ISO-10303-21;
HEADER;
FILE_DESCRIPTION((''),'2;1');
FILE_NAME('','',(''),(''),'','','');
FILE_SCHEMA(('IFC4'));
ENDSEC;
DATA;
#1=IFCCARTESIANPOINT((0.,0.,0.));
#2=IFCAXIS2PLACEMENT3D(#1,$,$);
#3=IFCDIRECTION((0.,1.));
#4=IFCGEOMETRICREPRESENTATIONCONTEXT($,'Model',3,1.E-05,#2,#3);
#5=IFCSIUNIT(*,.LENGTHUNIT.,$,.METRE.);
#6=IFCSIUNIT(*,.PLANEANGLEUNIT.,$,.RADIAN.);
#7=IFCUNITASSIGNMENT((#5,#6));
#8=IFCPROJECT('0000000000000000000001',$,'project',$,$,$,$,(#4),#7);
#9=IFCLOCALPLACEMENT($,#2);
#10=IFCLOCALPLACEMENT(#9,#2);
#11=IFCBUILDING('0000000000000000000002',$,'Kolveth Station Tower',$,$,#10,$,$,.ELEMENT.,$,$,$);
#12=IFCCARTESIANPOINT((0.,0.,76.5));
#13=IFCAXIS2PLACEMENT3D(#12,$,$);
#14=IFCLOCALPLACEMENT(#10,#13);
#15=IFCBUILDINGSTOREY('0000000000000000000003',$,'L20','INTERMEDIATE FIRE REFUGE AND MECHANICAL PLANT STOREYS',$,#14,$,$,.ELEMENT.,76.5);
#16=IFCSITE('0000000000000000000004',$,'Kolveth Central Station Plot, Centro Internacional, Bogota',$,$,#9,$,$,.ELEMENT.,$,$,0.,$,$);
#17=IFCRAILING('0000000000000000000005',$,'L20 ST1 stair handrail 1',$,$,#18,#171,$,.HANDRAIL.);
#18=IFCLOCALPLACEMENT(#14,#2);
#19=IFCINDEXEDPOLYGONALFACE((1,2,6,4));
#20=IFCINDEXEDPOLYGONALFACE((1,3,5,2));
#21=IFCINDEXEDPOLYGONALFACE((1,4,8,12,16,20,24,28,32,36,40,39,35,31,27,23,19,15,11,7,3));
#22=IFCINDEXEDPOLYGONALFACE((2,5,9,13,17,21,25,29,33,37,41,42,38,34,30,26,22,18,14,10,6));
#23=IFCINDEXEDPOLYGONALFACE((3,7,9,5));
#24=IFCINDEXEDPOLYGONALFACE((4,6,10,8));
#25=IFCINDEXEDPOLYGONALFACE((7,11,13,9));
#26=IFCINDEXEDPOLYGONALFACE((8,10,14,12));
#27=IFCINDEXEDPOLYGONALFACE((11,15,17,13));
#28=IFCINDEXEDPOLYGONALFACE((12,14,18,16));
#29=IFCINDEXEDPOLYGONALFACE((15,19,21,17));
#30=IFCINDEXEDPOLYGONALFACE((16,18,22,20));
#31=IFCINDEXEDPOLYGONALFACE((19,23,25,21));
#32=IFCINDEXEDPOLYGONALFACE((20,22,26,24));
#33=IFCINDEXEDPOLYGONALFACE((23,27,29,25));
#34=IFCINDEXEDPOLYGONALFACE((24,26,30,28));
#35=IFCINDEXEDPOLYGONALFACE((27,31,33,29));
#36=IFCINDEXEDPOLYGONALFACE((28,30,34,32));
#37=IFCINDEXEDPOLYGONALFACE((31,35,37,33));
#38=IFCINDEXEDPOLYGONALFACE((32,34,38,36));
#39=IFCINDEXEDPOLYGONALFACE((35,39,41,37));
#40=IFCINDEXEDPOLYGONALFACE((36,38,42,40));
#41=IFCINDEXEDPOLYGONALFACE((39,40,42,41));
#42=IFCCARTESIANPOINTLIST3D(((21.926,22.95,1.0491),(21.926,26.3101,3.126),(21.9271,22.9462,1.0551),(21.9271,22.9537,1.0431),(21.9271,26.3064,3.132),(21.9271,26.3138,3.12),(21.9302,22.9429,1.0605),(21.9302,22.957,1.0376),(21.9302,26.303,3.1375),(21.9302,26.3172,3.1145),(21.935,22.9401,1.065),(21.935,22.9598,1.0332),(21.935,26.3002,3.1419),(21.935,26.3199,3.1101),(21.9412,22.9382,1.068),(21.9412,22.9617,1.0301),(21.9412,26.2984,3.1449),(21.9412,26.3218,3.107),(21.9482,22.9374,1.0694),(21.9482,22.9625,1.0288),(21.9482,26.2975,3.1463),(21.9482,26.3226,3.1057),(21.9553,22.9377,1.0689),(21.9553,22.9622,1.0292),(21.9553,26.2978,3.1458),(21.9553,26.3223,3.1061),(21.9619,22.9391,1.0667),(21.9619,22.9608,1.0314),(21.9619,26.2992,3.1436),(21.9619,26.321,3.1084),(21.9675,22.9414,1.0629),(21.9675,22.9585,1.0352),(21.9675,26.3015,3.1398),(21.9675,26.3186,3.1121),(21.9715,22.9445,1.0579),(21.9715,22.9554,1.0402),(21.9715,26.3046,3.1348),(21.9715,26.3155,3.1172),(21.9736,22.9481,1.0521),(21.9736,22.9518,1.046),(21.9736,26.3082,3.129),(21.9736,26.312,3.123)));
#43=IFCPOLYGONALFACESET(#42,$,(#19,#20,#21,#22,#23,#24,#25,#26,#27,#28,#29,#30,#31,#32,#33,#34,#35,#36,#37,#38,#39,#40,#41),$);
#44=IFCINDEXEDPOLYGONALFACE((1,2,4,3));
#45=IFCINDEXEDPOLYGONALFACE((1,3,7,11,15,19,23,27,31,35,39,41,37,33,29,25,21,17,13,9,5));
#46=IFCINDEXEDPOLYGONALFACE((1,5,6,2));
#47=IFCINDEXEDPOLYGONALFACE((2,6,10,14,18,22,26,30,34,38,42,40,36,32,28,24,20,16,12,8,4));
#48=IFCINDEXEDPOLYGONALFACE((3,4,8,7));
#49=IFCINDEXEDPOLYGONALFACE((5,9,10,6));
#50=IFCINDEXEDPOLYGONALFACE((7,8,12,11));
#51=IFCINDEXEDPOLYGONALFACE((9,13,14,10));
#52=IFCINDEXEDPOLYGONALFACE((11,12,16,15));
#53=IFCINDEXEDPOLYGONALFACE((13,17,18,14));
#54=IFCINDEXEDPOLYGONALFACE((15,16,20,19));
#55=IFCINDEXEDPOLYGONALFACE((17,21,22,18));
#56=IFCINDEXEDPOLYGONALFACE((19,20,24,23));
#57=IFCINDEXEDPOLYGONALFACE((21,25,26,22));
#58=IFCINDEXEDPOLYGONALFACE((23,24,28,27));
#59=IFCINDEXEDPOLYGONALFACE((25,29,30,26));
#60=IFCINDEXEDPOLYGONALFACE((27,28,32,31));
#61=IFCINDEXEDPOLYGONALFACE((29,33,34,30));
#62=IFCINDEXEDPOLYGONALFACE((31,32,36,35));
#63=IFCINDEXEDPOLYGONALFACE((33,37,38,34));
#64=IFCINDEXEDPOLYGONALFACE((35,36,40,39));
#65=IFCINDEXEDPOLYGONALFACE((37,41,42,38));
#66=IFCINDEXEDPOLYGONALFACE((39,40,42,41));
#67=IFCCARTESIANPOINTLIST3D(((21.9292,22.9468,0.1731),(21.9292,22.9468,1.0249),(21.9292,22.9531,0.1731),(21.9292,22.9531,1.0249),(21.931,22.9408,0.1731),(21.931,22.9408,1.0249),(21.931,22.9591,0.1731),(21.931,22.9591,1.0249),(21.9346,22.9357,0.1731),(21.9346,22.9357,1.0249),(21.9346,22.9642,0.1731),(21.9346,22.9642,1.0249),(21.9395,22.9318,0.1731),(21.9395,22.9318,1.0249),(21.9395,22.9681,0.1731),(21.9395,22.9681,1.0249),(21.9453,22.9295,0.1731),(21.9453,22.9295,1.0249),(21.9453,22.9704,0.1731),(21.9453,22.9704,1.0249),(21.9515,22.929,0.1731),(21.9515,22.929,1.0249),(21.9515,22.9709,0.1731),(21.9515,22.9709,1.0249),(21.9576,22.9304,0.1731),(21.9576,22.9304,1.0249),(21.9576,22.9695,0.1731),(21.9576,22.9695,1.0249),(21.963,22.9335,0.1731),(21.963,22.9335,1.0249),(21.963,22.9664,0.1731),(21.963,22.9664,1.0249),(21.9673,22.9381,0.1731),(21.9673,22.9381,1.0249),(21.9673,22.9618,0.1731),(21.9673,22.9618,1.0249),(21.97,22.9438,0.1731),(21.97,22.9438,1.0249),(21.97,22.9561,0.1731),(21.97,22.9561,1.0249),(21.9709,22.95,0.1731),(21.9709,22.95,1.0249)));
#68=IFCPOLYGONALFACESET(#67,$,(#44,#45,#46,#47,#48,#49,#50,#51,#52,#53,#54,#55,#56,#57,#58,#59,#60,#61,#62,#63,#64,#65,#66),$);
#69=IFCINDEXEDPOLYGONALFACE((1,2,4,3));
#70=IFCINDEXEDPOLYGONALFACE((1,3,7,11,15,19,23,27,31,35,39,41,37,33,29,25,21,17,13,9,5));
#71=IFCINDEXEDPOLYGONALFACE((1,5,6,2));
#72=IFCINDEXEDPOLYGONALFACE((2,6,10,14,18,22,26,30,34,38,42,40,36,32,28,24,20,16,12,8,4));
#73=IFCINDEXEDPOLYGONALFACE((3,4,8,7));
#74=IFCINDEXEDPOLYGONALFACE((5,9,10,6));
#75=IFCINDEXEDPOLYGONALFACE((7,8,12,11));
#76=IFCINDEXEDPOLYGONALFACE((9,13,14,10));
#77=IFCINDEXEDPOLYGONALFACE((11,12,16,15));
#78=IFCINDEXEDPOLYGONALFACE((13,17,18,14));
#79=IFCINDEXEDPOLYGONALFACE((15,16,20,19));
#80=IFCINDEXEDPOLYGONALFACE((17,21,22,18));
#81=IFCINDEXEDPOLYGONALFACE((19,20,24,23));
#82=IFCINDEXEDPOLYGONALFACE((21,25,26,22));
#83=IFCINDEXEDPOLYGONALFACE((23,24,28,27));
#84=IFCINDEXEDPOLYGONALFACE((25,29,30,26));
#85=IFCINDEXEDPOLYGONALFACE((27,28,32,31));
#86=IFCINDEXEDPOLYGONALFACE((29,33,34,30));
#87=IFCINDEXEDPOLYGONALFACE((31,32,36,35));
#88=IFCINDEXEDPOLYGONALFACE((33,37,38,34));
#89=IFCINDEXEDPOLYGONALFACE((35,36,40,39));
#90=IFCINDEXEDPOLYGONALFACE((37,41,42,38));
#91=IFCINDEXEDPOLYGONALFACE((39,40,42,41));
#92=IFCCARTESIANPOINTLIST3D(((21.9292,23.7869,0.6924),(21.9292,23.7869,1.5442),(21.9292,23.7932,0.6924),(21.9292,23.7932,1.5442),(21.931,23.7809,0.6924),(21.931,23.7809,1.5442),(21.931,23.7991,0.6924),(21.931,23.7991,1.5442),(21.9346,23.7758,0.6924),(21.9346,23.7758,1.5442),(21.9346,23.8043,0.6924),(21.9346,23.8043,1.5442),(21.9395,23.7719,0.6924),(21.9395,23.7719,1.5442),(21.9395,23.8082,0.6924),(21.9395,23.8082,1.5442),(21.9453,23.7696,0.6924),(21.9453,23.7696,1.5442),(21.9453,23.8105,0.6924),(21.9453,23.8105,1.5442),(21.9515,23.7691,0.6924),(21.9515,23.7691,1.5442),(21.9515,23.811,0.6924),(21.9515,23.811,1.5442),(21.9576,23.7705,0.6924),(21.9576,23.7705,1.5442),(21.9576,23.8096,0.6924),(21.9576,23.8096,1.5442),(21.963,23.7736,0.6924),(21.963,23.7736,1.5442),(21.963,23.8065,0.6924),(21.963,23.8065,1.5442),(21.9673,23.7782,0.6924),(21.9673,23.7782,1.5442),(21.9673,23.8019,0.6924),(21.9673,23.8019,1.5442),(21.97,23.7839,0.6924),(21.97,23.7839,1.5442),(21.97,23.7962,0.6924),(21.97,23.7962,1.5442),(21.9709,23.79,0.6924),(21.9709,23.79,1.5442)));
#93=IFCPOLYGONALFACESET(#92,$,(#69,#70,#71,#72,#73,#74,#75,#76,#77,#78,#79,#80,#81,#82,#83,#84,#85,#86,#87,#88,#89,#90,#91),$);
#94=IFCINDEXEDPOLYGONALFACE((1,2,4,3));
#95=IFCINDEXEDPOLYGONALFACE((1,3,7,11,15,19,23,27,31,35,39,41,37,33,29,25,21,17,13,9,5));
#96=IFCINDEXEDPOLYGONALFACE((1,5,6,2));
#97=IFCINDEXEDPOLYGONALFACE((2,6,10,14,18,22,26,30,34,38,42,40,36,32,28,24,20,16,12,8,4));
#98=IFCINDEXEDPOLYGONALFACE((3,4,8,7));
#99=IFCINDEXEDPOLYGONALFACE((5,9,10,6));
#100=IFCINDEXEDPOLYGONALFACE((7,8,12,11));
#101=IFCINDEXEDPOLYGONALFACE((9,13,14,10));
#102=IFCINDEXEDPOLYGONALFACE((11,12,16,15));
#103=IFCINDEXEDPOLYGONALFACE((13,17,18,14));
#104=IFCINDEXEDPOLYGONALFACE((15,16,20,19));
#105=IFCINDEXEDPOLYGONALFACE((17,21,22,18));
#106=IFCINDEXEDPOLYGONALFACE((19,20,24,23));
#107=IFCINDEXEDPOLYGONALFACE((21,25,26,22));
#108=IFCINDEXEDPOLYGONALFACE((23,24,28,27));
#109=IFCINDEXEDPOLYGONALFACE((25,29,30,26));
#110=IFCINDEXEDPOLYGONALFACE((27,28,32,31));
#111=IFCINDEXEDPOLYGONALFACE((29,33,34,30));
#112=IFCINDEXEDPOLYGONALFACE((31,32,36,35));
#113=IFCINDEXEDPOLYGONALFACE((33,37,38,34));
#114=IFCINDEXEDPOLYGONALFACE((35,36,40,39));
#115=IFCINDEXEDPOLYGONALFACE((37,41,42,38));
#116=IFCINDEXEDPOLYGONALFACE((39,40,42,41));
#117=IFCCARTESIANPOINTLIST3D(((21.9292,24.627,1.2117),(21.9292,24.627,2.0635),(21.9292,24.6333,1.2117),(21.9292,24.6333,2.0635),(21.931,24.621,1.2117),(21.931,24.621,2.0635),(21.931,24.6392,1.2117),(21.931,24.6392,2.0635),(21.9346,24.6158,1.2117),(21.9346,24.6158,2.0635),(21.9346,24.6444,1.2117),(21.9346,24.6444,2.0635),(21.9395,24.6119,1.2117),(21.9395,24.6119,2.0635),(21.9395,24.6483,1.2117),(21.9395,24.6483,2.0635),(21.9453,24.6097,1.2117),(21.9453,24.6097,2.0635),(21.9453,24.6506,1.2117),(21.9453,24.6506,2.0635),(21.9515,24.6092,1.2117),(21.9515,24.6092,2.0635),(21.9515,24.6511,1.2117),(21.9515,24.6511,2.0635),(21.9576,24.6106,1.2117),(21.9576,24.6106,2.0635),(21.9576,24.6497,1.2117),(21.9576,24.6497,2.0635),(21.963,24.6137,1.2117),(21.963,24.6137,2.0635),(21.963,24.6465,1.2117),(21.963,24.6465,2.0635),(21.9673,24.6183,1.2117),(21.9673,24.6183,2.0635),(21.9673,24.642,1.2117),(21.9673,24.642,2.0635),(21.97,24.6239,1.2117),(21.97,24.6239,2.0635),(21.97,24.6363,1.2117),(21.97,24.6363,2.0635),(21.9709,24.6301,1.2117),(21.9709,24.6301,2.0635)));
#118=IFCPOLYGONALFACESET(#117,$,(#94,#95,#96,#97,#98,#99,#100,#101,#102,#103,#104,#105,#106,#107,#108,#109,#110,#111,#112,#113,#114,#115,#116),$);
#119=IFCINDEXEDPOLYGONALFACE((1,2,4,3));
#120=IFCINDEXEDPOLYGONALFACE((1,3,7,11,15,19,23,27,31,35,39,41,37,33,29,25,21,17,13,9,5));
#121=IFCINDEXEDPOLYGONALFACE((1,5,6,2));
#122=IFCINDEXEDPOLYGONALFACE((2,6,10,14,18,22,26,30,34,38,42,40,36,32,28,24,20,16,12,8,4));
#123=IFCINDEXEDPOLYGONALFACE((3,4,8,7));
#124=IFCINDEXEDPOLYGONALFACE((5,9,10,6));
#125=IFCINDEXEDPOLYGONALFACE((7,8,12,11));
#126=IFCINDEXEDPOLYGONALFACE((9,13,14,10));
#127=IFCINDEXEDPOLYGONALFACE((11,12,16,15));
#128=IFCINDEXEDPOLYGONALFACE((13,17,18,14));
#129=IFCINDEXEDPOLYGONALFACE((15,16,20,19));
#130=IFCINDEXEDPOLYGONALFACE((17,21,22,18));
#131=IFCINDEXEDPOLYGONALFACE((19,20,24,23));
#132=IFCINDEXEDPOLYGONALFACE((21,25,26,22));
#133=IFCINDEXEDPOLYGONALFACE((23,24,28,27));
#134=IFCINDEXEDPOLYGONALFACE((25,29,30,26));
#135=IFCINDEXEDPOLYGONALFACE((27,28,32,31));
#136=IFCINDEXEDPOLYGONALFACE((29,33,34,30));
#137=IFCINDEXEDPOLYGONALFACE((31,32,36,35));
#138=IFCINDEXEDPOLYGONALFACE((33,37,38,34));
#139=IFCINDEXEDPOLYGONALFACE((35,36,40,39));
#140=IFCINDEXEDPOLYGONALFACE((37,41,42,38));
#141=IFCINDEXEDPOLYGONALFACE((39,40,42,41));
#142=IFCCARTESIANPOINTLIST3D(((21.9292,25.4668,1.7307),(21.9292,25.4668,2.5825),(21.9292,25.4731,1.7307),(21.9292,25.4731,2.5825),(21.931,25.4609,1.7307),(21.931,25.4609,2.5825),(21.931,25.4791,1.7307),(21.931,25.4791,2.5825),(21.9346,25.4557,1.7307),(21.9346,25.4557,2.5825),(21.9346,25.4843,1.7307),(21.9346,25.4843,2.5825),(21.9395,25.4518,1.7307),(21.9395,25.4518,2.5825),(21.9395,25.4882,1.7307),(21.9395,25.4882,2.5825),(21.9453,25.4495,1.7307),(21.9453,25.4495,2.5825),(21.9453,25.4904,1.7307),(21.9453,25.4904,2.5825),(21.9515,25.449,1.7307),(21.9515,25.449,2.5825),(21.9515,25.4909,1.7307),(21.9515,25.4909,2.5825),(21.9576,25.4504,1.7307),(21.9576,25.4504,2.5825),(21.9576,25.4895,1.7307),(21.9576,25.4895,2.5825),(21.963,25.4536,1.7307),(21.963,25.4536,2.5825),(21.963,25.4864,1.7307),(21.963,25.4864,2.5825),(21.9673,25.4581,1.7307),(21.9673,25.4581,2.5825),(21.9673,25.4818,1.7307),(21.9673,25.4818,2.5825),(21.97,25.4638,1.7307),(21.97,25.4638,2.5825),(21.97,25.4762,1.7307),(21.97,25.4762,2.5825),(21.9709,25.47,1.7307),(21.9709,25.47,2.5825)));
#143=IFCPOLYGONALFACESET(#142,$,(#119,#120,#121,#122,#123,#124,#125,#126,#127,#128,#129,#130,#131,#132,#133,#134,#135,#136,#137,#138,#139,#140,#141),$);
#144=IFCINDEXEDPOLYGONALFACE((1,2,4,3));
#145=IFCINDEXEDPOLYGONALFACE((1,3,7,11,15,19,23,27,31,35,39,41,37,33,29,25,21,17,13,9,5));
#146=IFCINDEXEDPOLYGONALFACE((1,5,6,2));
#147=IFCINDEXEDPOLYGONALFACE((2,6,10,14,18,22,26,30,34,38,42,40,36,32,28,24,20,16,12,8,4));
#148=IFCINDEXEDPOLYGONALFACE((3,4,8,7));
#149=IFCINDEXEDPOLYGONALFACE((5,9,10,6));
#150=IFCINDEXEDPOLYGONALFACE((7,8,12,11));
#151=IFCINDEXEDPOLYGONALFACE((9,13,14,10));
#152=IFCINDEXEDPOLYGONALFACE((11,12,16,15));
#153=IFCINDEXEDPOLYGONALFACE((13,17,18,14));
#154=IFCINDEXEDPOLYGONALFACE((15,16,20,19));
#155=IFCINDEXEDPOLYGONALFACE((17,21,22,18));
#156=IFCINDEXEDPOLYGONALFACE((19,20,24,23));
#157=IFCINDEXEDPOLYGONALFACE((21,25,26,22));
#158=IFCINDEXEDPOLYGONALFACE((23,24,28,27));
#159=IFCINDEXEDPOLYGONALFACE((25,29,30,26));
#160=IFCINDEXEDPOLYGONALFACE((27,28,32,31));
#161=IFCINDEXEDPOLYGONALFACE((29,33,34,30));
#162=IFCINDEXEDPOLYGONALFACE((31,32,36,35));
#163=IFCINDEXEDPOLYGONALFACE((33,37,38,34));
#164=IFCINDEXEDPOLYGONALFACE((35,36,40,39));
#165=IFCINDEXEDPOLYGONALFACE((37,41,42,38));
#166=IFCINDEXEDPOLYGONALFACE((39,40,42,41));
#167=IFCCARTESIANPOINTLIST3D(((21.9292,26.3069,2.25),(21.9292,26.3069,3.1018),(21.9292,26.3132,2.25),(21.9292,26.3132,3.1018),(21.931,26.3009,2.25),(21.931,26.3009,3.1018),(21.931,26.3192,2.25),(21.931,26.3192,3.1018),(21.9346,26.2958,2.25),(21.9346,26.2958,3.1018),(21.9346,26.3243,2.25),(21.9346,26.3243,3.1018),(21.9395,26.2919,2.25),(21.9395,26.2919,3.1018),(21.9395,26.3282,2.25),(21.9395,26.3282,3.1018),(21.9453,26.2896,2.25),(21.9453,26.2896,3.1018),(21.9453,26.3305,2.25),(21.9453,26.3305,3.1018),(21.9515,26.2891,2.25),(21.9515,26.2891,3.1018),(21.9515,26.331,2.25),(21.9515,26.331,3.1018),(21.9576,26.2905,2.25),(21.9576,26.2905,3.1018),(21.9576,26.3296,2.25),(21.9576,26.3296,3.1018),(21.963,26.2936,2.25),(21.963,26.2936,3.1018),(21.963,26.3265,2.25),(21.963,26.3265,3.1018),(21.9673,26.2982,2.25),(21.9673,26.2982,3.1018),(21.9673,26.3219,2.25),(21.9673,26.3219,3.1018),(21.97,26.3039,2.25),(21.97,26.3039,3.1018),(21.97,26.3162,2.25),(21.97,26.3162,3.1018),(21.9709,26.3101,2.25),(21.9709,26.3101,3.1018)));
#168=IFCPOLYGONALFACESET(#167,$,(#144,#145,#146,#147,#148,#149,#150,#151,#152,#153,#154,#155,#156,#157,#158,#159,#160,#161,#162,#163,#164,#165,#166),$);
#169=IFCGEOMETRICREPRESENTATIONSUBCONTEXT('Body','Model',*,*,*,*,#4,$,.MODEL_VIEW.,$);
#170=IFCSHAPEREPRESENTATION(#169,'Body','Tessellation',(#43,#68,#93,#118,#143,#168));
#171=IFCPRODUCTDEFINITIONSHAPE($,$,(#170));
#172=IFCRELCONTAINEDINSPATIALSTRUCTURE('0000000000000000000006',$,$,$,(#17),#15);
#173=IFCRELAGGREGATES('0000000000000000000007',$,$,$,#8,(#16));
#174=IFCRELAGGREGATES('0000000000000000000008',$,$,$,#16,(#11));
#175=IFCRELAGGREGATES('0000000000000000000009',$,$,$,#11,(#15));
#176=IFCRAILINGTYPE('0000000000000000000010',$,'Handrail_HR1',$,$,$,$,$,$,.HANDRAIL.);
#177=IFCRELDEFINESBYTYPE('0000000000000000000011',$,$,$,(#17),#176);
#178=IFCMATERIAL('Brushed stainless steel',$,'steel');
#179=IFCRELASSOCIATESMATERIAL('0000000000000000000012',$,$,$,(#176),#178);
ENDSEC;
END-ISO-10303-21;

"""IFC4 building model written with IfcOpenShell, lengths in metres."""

from ifc_helpers import new_model, si_unit, direction, frame, origin, origin_2d, place, context, subcontext, project, spatial, circle, extrude, material, type_object, element, save


model = new_model("IFC4")

# Units and contexts
model_context = context("Model", 3, precision=1e-05, world=origin(), true_north=direction((0.0, 1.0)))
body_context = subcontext(model_context, "Body", "Model", "MODEL_VIEW")
ifc_project = project(units=[si_unit("LENGTHUNIT", "METRE"), si_unit("PLANEANGLEUNIT", "RADIAN")], contexts=[model_context])

# Site, building, storey
site_placement = place(None, origin())
site = spatial("IfcSite", under=ifc_project, at=site_placement, Name="Kolveth Central Station Plot, Centro Internacional, Bogota", CompositionType="ELEMENT", RefElevation=0.0)
building_placement = place(site_placement, origin())
building = spatial("IfcBuilding", under=site, at=building_placement, Name="Kolveth Station Tower", CompositionType="ELEMENT")
storey_placement = place(building_placement, frame((0.0, 0.0, 76.5)))
storey = spatial("IfcBuildingStorey", under=building, at=storey_placement, Name="L20", Description="INTERMEDIATE FIRE REFUGE AND MECHANICAL PLANT STOREYS", CompositionType="ELEMENT", Elevation=76.5)

# Railing
ifc_material_1 = material(Name="Brushed stainless steel", Category="steel")
railing_type_1 = type_object("IfcRailingType", Name="Handrail_HR1", PredefinedType="HANDRAIL", material=ifc_material_1)
for number, where, name in (
    (1, (21.95, 22.95, 0.1731), "L20 ST1 stair handrail 1"),
):
    element("IfcRailing", number, at=place(storey_placement, frame(where)), inside=storey, type_object=railing_type_1, Name=name, PredefinedType="HANDRAIL", context=body_context, shape_type="SweptSolid", body=[
        extrude(circle(Radius=0.0239, at=origin_2d()), frame((0.0, 0.0, 0.876), z_axis=(0.0, 0.850623, 0.525776), x_axis=(-1.0, 0.0, 0.0)), (0.0, 0.0, 1.0), 3.9502),
        extrude(circle(Radius=0.021, at=origin_2d()), origin(), (0.0, 0.0, 1.0), 0.8518),
        extrude(circle(Radius=0.021, at=origin_2d()), frame((0.0, 0.8401, 0.5193)), (0.0, 0.0, 1.0), 0.8518),
        extrude(circle(Radius=0.021, at=origin_2d()), frame((0.0, 1.6802, 1.0386)), (0.0, 0.0, 1.0), 0.8518),
        extrude(circle(Radius=0.021, at=origin_2d()), frame((0.0, 2.52, 1.5576)), (0.0, 0.0, 1.0), 0.8518),
        extrude(circle(Radius=0.021, at=origin_2d()), frame((0.0, 3.3601, 2.0769)), (0.0, 0.0, 1.0), 0.8518),
    ])

save(model, "model.ifc")
